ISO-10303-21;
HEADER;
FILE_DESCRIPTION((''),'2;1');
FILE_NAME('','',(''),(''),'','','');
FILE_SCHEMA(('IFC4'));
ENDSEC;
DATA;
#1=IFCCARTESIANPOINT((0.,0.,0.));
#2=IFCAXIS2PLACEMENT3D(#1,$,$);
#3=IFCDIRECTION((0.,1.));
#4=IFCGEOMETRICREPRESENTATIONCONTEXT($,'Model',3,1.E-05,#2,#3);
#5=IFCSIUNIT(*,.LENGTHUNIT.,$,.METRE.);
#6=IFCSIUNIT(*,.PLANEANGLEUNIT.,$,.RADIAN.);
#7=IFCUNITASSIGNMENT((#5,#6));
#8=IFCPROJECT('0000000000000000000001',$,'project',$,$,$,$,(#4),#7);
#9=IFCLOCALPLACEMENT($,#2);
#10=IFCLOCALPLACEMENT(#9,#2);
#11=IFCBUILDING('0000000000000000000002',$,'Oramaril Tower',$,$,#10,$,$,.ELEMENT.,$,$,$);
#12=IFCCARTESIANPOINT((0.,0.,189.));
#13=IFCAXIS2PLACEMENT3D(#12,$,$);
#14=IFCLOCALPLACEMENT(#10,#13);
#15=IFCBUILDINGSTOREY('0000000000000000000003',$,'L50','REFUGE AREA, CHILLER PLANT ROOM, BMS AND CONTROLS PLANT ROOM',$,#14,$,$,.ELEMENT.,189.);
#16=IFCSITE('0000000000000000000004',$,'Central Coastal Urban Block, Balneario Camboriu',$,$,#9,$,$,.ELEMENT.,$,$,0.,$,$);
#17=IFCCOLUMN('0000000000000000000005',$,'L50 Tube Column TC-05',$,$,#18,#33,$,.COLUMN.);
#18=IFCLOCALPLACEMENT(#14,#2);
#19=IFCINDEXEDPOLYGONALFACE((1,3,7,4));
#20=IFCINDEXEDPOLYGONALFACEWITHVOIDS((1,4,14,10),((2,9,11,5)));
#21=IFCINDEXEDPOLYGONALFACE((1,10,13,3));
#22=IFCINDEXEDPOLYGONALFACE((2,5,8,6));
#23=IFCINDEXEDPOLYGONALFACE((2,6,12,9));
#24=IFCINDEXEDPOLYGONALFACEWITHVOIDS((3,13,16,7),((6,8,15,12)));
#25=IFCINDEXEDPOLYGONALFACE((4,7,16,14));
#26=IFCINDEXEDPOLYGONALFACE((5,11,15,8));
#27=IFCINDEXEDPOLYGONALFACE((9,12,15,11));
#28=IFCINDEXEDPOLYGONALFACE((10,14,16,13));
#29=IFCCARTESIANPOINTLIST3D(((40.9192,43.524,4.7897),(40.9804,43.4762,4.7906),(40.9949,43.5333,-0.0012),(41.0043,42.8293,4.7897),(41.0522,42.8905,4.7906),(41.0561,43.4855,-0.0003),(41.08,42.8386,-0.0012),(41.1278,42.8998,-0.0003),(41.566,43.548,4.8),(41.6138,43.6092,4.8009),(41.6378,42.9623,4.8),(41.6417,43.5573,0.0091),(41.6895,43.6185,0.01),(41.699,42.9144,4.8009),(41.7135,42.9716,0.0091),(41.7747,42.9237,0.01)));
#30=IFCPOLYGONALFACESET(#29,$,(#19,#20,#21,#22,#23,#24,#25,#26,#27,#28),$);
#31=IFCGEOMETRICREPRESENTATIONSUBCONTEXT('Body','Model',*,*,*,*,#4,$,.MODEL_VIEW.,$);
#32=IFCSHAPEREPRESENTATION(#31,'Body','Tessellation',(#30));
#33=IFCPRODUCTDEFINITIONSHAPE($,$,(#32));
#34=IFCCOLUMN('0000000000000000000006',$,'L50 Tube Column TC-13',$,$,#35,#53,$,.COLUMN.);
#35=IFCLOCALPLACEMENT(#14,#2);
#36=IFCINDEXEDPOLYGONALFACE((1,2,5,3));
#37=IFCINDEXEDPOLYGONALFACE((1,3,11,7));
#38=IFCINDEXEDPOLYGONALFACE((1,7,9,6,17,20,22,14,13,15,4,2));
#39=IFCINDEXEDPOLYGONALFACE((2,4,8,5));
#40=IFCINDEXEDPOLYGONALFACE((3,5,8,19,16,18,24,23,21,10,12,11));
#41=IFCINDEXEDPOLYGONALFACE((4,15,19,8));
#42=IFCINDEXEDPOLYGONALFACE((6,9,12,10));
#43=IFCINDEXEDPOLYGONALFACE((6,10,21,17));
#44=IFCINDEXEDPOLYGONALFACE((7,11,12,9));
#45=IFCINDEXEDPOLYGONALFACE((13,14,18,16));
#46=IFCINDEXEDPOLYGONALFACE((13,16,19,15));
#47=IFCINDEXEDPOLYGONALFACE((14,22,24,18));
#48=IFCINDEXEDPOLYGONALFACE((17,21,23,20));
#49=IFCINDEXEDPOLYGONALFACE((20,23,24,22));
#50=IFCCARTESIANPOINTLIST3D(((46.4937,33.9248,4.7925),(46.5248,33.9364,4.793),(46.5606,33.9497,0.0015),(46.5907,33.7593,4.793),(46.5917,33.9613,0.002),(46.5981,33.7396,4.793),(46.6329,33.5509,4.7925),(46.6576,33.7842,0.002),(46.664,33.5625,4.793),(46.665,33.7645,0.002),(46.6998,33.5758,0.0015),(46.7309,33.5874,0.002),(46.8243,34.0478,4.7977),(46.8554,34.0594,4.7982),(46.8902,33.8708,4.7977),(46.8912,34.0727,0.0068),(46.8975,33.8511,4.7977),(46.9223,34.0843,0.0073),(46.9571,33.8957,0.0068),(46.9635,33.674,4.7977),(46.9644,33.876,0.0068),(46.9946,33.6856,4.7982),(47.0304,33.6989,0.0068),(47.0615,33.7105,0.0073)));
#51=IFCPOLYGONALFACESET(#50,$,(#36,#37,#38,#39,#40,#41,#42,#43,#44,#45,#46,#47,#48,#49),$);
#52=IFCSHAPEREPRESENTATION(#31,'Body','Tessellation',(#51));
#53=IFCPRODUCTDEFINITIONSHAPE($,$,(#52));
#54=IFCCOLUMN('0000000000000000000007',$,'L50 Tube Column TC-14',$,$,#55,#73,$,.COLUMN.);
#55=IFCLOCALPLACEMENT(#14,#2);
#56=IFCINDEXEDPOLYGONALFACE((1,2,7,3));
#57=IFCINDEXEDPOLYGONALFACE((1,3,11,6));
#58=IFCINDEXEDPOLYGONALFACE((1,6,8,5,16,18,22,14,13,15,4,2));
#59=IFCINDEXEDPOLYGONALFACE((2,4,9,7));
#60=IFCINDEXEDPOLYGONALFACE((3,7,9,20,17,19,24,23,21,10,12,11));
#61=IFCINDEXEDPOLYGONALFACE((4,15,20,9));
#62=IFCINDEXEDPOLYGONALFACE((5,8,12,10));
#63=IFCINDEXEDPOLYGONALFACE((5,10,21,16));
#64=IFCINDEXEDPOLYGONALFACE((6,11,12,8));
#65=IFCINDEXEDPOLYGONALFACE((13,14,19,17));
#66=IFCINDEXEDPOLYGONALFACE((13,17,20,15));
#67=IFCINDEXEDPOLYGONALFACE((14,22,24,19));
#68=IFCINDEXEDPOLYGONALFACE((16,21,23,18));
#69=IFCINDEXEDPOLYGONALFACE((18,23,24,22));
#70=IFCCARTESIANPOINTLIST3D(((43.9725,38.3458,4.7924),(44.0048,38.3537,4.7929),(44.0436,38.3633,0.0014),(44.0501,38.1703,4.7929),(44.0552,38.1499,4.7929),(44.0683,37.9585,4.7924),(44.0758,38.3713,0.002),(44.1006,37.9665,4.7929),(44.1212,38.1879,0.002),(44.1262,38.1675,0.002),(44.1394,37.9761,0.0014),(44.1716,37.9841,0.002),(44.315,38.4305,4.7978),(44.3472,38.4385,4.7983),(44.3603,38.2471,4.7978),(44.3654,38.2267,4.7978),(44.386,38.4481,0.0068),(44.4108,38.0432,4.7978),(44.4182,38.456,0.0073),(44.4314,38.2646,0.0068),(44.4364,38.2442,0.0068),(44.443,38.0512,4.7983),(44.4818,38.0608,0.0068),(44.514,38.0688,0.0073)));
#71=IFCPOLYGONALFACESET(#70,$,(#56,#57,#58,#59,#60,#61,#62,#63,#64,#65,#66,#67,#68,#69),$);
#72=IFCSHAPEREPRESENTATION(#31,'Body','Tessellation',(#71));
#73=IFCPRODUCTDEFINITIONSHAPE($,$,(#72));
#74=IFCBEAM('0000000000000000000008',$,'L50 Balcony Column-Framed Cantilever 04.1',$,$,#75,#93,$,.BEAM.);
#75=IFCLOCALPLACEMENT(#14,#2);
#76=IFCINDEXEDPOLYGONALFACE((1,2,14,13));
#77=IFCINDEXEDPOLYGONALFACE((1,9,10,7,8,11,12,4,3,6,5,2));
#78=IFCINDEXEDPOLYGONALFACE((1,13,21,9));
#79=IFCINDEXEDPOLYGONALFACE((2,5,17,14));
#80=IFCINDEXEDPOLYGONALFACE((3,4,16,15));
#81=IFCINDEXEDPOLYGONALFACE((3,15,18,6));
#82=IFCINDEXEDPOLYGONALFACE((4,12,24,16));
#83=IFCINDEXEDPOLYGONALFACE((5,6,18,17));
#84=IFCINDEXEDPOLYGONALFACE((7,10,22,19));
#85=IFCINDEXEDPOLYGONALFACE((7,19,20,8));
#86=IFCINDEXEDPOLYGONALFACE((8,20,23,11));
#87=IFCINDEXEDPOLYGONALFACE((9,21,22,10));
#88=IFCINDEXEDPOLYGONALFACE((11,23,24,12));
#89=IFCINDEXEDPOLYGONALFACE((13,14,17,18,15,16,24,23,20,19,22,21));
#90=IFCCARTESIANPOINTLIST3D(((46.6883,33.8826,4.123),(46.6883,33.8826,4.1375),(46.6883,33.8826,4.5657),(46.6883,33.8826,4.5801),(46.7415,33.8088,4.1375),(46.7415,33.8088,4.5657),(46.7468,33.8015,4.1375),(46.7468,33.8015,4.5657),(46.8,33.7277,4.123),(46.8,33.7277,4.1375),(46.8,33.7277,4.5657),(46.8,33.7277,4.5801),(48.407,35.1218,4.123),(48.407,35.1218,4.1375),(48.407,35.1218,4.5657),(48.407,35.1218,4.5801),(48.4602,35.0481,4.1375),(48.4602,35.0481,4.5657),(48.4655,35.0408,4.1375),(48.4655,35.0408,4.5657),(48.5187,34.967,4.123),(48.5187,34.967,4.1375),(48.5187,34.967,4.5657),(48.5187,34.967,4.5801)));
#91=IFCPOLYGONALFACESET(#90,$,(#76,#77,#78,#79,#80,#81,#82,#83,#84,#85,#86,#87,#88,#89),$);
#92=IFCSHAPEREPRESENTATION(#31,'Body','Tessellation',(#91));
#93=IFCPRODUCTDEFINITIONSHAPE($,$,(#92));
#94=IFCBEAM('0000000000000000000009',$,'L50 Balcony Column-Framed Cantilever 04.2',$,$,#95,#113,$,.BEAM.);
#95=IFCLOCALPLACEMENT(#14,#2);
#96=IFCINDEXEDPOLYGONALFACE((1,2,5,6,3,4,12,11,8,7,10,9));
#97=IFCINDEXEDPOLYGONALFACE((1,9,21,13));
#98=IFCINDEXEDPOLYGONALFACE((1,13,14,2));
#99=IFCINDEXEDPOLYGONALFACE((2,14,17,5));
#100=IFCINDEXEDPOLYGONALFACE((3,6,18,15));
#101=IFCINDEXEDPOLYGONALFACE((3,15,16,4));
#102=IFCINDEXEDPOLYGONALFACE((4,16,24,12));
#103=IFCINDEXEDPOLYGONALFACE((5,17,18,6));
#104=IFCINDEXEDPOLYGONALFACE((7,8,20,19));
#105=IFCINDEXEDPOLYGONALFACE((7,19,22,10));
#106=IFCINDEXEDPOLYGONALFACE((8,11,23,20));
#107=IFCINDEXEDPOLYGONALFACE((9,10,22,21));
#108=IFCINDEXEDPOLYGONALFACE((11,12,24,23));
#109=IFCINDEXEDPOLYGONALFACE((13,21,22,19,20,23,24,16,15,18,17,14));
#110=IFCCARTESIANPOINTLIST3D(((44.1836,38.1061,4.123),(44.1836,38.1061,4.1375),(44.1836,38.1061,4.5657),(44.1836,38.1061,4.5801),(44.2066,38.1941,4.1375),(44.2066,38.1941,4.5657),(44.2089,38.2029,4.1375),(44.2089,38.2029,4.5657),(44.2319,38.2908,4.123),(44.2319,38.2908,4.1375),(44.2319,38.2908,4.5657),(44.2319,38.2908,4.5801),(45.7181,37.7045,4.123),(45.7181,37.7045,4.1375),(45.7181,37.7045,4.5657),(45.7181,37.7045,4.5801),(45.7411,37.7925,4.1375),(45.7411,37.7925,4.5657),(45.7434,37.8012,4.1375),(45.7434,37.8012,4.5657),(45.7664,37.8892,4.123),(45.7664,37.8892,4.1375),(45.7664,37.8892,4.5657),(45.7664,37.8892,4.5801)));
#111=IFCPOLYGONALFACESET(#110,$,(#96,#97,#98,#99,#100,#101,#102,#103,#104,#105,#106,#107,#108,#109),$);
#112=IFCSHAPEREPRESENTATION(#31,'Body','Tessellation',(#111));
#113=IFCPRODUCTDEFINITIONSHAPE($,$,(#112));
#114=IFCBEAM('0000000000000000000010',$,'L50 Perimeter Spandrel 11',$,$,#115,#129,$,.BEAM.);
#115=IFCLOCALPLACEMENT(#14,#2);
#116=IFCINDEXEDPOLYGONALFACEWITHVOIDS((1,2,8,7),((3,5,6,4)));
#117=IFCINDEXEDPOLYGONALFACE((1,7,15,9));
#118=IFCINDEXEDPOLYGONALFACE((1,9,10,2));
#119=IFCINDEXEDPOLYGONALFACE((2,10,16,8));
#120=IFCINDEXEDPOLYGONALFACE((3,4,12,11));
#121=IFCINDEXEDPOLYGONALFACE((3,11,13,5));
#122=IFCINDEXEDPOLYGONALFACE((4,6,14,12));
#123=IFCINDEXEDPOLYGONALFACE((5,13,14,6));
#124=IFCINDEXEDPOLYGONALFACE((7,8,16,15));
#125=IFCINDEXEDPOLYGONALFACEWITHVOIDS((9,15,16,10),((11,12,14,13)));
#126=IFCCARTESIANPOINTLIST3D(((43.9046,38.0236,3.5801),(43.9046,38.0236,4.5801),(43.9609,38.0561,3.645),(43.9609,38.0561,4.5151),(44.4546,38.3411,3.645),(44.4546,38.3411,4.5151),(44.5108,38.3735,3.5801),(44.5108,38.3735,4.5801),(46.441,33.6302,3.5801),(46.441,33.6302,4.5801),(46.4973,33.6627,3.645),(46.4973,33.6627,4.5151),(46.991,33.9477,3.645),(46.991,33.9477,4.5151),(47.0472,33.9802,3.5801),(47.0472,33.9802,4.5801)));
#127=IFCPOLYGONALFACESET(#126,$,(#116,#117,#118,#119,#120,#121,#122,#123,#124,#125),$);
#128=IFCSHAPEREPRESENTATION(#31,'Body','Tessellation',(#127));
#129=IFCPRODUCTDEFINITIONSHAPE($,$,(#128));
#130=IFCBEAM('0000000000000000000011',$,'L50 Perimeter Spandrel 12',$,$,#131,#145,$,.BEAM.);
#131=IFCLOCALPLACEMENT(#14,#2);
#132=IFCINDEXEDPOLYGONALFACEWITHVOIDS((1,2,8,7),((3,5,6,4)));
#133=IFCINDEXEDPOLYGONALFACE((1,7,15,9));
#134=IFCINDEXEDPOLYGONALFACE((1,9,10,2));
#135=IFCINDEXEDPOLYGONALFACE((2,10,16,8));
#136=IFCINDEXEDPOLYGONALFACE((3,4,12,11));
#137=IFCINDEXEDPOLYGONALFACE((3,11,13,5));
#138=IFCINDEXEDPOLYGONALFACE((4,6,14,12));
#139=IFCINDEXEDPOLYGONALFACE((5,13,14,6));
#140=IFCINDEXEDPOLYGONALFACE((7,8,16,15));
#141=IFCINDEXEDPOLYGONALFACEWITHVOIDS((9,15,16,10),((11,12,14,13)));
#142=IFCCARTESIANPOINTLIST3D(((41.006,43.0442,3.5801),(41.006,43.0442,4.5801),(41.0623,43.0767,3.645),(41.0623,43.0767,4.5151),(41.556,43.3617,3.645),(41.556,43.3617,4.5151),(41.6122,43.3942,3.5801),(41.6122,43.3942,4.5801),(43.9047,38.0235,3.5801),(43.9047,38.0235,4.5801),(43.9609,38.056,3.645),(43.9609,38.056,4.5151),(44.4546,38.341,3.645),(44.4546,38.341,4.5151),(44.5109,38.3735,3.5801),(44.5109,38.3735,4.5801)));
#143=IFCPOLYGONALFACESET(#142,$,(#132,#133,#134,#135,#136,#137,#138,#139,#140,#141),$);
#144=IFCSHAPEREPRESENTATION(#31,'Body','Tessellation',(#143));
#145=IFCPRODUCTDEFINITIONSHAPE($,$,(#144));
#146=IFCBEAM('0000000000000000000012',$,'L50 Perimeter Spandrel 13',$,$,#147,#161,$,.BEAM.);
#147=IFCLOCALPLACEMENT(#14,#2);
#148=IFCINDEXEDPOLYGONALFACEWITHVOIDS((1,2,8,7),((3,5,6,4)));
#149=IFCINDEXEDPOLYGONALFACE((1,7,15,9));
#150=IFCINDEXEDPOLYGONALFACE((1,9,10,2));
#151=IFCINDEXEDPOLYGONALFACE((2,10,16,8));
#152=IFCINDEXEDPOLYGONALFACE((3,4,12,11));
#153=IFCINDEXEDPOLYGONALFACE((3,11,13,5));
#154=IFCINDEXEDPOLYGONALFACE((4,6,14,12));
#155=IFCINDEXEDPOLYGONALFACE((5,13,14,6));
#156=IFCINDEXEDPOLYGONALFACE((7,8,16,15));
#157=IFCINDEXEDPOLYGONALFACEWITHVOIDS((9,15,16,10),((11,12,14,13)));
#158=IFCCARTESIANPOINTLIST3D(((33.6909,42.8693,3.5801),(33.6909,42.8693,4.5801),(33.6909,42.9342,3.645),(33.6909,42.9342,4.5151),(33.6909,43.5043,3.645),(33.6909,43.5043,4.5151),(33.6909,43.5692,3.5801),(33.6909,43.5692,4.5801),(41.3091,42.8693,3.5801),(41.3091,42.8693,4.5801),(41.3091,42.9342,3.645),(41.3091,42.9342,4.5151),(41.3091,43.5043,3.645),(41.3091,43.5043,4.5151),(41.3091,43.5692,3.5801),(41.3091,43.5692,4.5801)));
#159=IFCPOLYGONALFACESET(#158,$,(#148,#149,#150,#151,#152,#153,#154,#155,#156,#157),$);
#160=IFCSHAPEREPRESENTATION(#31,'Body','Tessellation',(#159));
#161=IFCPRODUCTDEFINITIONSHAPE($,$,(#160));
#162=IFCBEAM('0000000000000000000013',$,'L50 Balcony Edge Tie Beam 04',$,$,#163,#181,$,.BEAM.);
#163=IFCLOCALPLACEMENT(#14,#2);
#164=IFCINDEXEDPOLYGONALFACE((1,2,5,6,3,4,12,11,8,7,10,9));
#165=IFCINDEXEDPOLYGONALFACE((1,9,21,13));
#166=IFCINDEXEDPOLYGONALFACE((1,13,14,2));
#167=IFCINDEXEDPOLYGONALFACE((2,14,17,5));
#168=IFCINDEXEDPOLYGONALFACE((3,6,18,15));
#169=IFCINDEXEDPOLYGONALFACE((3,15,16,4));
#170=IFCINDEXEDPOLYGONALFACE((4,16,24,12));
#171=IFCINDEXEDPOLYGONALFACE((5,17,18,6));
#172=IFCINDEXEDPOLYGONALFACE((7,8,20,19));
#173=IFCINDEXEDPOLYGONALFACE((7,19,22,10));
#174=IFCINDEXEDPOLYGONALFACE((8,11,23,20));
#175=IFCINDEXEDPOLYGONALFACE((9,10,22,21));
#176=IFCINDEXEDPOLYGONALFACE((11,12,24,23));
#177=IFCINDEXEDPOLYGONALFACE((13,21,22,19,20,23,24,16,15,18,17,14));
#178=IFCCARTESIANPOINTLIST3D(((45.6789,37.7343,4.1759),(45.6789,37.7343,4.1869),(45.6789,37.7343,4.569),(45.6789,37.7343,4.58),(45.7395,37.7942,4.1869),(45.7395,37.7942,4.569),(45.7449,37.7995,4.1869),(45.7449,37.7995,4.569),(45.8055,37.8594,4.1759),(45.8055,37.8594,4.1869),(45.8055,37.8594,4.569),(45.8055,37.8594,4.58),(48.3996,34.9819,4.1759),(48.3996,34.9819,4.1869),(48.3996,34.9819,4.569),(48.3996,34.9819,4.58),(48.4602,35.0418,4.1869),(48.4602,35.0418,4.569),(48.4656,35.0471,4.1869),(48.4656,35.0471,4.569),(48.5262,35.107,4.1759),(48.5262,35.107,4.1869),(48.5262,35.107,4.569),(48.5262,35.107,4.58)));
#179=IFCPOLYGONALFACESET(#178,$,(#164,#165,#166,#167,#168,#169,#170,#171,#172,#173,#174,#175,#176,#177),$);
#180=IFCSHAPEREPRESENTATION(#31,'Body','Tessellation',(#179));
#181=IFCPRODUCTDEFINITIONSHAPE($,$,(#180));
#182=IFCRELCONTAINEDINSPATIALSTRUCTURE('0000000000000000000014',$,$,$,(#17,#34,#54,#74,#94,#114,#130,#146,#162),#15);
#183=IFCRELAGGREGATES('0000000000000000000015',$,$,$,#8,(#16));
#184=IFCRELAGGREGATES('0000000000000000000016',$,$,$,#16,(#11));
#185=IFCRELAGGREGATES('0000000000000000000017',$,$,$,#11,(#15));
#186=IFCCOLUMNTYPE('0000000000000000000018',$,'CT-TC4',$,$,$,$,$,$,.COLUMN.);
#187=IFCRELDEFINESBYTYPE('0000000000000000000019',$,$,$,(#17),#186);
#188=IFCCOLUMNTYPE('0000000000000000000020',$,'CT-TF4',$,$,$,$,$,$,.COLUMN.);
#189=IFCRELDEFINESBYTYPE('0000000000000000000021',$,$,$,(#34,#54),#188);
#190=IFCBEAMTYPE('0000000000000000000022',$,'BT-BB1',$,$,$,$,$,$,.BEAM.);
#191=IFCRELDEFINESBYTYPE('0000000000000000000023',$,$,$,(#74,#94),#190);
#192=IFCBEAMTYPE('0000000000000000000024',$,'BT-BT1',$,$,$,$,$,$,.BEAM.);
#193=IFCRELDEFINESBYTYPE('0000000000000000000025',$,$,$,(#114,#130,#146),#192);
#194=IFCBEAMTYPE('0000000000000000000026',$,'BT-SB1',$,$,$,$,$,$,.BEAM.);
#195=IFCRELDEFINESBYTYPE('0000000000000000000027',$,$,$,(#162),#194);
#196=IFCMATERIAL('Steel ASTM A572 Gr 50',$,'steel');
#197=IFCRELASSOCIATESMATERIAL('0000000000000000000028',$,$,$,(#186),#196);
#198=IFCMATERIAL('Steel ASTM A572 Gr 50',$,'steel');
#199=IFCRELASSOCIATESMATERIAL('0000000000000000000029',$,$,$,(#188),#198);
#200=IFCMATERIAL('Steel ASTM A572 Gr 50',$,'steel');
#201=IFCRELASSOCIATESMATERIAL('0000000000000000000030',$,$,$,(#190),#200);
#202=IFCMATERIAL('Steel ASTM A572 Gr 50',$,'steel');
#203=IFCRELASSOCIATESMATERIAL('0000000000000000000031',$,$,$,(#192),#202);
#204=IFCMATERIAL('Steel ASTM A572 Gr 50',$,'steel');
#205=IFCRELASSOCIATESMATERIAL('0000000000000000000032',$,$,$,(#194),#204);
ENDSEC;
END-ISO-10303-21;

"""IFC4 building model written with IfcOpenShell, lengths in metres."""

from ifc_helpers import new_model, si_unit, direction, frame, origin, origin_2d, place, context, subcontext, project, spatial, hollow_rectangle, i_section, extrude, material, material_profile, profile_set, type_object, element, save


model = new_model("IFC4")

# Units and contexts
model_context = context("Model", 3, precision=1e-05, world=origin(), true_north=direction((0.0, 1.0)))
body_context = subcontext(model_context, "Body", "Model", "MODEL_VIEW")
ifc_project = project(units=[si_unit("LENGTHUNIT", "METRE"), si_unit("PLANEANGLEUNIT", "RADIAN")], contexts=[model_context])

# Site, building, storey
site_placement = place(None, origin())
site = spatial("IfcSite", under=ifc_project, at=site_placement, Name="Central Coastal Urban Block, Balneario Camboriu", CompositionType="ELEMENT", RefElevation=0.0)
building_placement = place(site_placement, origin())
building = spatial("IfcBuilding", under=site, at=building_placement, Name="Oramaril Tower", CompositionType="ELEMENT")
storey_placement = place(building_placement, frame((0.0, 0.0, 189.0)))
storey = spatial("IfcBuildingStorey", under=building, at=storey_placement, Name="L50", Description="REFUGE AREA, CHILLER PLANT ROOM, BMS AND CONTROLS PLANT ROOM", CompositionType="ELEMENT", Elevation=189.0)

# Columns
ifc_material_1 = material(Name="Steel ASTM A572 Gr 50", Category="steel")
ifc_material_profile_1 = material_profile(ifc_material_1, hollow_rectangle(XDim=0.7, YDim=0.7, WallThickness=0.0549, at=origin_2d()), Name="BOX700X700X55")
ifc_profile_set_1 = profile_set([ifc_material_profile_1], Name="Steel ASTM A572 Gr 50")
column_type_1 = type_object("IfcColumnType", Name="CT-TC4", PredefinedType="COLUMN", material=ifc_profile_set_1)
column_placement = place(storey_placement, frame((41.3848, 43.2285, 0.0044), z_axis=(-0.015795, -0.001936, 0.999873), x_axis=(0.12167, -0.992571, 0.0)))
element("IfcColumn", 1, at=column_placement, inside=storey, type_object=column_type_1, Name="L50 Tube Column TC-05", PredefinedType="COLUMN", context=body_context, shape_type="SweptSolid", body=[
    extrude(hollow_rectangle(XDim=0.7, YDim=0.7, WallThickness=0.0549, at=origin_2d()), origin(), (0.0, 0.0, 1.0), 4.7915),
])
ifc_material_2 = material(Name="Steel ASTM A572 Gr 50", Category="steel")
ifc_material_profile_2 = material_profile(ifc_material_2, i_section(OverallWidth=0.3989, OverallDepth=0.386, WebThickness=0.021, FlangeThickness=0.0332, at=origin_2d()), Name="W14X176")
ifc_profile_set_2 = profile_set([ifc_material_profile_2], Name="Steel ASTM A572 Gr 50")
column_type_2 = type_object("IfcColumnType", Name="CT-TF4", PredefinedType="COLUMN", material=ifc_profile_set_2)
for number, where, z_axis, x_axis, name in (
    (2, (46.811, 33.8301, 0.0044), (-0.013961, -0.005197, 0.999889), (0.348873, -0.93717, 0.0), "L50 Tube Column TC-13"),
    (3, (44.2788, 38.2161, 0.0044), (-0.014827, -0.003669, 0.999883), (0.24018, -0.970728, 0.0), "L50 Tube Column TC-14"),
):
    element("IfcColumn", number, at=place(storey_placement, frame(where, z_axis=z_axis, x_axis=x_axis)), inside=storey, type_object=column_type_2, Name=name, PredefinedType="COLUMN", context=body_context, shape_type="SweptSolid", body=[
        extrude(i_section(OverallWidth=0.3989, OverallDepth=0.386, WebThickness=0.021, FlangeThickness=0.0332, at=origin_2d()), origin(), (0.0, 0.0, 1.0), 4.7915),
    ])

# Beams
ifc_material_3 = material(Name="Steel ASTM A572 Gr 50", Category="steel")
ifc_material_profile_3 = material_profile(ifc_material_3, i_section(OverallWidth=0.1909, OverallDepth=0.457, WebThickness=0.009, FlangeThickness=0.0144, at=origin_2d()), Name="W18X50")
ifc_profile_set_3 = profile_set([ifc_material_profile_3], Name="Steel ASTM A572 Gr 50")
beam_type_1 = type_object("IfcBeamType", Name="BT-BB1", PredefinedType="BEAM", material=ifc_profile_set_3)
beam_1_placement = place(storey_placement, frame((46.7441, 33.8052, 4.3516), z_axis=(0.811141, 0.584851, 0.0), x_axis=(-0.584851, 0.811141, 0.0)))
element("IfcBeam", 4, at=beam_1_placement, inside=storey, type_object=beam_type_1, Name="L50 Balcony Column-Framed Cantilever 04.1", PredefinedType="BEAM", context=body_context, shape_type="SweptSolid", body=[
    extrude(i_section(OverallWidth=0.1909, OverallDepth=0.457, WebThickness=0.009, FlangeThickness=0.0144, at=origin_2d()), origin(), (0.0, 0.0, 1.0), 2.1189),
])
beam_2_placement = place(storey_placement, frame((44.2078, 38.1985, 4.3516), z_axis=(0.967413, -0.253205, 0.0), x_axis=(0.253205, 0.967413, 0.0)))
element("IfcBeam", 5, at=beam_2_placement, inside=storey, type_object=beam_type_1, Name="L50 Balcony Column-Framed Cantilever 04.2", PredefinedType="BEAM", context=body_context, shape_type="SweptSolid", body=[
    extrude(i_section(OverallWidth=0.1909, OverallDepth=0.457, WebThickness=0.009, FlangeThickness=0.0144, at=origin_2d()), origin(), (0.0, 0.0, 1.0), 1.5862),
])
ifc_material_4 = material(Name="Steel ASTM A572 Gr 50", Category="steel")
ifc_material_profile_4 = material_profile(ifc_material_4, hollow_rectangle(XDim=0.7, YDim=1.0, WallThickness=0.0649, at=origin_2d()), Name="BOX1000X700X65")
ifc_profile_set_4 = profile_set([ifc_material_profile_4], Name="Steel ASTM A572 Gr 50")
beam_type_2 = type_object("IfcBeamType", Name="BT-BT1", PredefinedType="BEAM", material=ifc_profile_set_4)
beam_3_placement = place(storey_placement, frame((46.7441, 33.8052, 4.0801), z_axis=(-0.499985, 0.866034, 0.0), x_axis=(-0.866034, -0.499985, 0.0)))
element("IfcBeam", 6, at=beam_3_placement, inside=storey, type_object=beam_type_2, Name="L50 Perimeter Spandrel 11", PredefinedType="BEAM", context=body_context, shape_type="SweptSolid", body=[
    extrude(hollow_rectangle(XDim=0.7, YDim=1.0, WallThickness=0.0649, at=origin_2d()), origin(), (0.0, 0.0, 1.0), 5.073),
])
beam_4_placement = place(storey_placement, frame((44.2078, 38.1985, 4.0801), z_axis=(-0.499993, 0.866029, 0.0), x_axis=(-0.866029, -0.499993, 0.0)))
element("IfcBeam", 7, at=beam_4_placement, inside=storey, type_object=beam_type_2, Name="L50 Perimeter Spandrel 12", PredefinedType="BEAM", context=body_context, shape_type="SweptSolid", body=[
    extrude(hollow_rectangle(XDim=0.7, YDim=1.0, WallThickness=0.0649, at=origin_2d()), origin(), (0.0, 0.0, 1.0), 5.7974),
])
beam_5_placement = place(storey_placement, frame((41.3091, 43.2192, 4.0801), z_axis=(-1.0, 0.0, 0.0), x_axis=(0.0, -1.0, 0.0)))
element("IfcBeam", 8, at=beam_5_placement, inside=storey, type_object=beam_type_2, Name="L50 Perimeter Spandrel 13", PredefinedType="BEAM", context=body_context, shape_type="SweptSolid", body=[
    extrude(hollow_rectangle(XDim=0.7, YDim=1.0, WallThickness=0.0649, at=origin_2d()), origin(), (0.0, 0.0, 1.0), 7.6182),
])
ifc_material_5 = material(Name="Steel ASTM A572 Gr 50", Category="steel")
ifc_material_profile_5 = material_profile(ifc_material_5, i_section(OverallWidth=0.178, OverallDepth=0.4041, WebThickness=0.0076, FlangeThickness=0.011, at=origin_2d()), Name="W16X36")
ifc_profile_set_5 = profile_set([ifc_material_profile_5], Name="Steel ASTM A572 Gr 50")
beam_type_3 = type_object("IfcBeamType", Name="BT-SB1", PredefinedType="BEAM", material=ifc_profile_set_5)
beam_6_placement = place(storey_placement, frame((48.4629, 35.0444, 4.3779), z_axis=(-0.702995, 0.711195, 0.0), x_axis=(-0.711195, -0.702995, 0.0)))
element("IfcBeam", 9, at=beam_6_placement, inside=storey, type_object=beam_type_3, Name="L50 Balcony Edge Tie Beam 04", PredefinedType="BEAM", context=body_context, shape_type="SweptSolid", body=[
    extrude(i_section(OverallWidth=0.178, OverallDepth=0.4041, WebThickness=0.0076, FlangeThickness=0.011, at=origin_2d()), origin(), (0.0, 0.0, 1.0), 3.8701),
])

save(model, "model.ifc")
